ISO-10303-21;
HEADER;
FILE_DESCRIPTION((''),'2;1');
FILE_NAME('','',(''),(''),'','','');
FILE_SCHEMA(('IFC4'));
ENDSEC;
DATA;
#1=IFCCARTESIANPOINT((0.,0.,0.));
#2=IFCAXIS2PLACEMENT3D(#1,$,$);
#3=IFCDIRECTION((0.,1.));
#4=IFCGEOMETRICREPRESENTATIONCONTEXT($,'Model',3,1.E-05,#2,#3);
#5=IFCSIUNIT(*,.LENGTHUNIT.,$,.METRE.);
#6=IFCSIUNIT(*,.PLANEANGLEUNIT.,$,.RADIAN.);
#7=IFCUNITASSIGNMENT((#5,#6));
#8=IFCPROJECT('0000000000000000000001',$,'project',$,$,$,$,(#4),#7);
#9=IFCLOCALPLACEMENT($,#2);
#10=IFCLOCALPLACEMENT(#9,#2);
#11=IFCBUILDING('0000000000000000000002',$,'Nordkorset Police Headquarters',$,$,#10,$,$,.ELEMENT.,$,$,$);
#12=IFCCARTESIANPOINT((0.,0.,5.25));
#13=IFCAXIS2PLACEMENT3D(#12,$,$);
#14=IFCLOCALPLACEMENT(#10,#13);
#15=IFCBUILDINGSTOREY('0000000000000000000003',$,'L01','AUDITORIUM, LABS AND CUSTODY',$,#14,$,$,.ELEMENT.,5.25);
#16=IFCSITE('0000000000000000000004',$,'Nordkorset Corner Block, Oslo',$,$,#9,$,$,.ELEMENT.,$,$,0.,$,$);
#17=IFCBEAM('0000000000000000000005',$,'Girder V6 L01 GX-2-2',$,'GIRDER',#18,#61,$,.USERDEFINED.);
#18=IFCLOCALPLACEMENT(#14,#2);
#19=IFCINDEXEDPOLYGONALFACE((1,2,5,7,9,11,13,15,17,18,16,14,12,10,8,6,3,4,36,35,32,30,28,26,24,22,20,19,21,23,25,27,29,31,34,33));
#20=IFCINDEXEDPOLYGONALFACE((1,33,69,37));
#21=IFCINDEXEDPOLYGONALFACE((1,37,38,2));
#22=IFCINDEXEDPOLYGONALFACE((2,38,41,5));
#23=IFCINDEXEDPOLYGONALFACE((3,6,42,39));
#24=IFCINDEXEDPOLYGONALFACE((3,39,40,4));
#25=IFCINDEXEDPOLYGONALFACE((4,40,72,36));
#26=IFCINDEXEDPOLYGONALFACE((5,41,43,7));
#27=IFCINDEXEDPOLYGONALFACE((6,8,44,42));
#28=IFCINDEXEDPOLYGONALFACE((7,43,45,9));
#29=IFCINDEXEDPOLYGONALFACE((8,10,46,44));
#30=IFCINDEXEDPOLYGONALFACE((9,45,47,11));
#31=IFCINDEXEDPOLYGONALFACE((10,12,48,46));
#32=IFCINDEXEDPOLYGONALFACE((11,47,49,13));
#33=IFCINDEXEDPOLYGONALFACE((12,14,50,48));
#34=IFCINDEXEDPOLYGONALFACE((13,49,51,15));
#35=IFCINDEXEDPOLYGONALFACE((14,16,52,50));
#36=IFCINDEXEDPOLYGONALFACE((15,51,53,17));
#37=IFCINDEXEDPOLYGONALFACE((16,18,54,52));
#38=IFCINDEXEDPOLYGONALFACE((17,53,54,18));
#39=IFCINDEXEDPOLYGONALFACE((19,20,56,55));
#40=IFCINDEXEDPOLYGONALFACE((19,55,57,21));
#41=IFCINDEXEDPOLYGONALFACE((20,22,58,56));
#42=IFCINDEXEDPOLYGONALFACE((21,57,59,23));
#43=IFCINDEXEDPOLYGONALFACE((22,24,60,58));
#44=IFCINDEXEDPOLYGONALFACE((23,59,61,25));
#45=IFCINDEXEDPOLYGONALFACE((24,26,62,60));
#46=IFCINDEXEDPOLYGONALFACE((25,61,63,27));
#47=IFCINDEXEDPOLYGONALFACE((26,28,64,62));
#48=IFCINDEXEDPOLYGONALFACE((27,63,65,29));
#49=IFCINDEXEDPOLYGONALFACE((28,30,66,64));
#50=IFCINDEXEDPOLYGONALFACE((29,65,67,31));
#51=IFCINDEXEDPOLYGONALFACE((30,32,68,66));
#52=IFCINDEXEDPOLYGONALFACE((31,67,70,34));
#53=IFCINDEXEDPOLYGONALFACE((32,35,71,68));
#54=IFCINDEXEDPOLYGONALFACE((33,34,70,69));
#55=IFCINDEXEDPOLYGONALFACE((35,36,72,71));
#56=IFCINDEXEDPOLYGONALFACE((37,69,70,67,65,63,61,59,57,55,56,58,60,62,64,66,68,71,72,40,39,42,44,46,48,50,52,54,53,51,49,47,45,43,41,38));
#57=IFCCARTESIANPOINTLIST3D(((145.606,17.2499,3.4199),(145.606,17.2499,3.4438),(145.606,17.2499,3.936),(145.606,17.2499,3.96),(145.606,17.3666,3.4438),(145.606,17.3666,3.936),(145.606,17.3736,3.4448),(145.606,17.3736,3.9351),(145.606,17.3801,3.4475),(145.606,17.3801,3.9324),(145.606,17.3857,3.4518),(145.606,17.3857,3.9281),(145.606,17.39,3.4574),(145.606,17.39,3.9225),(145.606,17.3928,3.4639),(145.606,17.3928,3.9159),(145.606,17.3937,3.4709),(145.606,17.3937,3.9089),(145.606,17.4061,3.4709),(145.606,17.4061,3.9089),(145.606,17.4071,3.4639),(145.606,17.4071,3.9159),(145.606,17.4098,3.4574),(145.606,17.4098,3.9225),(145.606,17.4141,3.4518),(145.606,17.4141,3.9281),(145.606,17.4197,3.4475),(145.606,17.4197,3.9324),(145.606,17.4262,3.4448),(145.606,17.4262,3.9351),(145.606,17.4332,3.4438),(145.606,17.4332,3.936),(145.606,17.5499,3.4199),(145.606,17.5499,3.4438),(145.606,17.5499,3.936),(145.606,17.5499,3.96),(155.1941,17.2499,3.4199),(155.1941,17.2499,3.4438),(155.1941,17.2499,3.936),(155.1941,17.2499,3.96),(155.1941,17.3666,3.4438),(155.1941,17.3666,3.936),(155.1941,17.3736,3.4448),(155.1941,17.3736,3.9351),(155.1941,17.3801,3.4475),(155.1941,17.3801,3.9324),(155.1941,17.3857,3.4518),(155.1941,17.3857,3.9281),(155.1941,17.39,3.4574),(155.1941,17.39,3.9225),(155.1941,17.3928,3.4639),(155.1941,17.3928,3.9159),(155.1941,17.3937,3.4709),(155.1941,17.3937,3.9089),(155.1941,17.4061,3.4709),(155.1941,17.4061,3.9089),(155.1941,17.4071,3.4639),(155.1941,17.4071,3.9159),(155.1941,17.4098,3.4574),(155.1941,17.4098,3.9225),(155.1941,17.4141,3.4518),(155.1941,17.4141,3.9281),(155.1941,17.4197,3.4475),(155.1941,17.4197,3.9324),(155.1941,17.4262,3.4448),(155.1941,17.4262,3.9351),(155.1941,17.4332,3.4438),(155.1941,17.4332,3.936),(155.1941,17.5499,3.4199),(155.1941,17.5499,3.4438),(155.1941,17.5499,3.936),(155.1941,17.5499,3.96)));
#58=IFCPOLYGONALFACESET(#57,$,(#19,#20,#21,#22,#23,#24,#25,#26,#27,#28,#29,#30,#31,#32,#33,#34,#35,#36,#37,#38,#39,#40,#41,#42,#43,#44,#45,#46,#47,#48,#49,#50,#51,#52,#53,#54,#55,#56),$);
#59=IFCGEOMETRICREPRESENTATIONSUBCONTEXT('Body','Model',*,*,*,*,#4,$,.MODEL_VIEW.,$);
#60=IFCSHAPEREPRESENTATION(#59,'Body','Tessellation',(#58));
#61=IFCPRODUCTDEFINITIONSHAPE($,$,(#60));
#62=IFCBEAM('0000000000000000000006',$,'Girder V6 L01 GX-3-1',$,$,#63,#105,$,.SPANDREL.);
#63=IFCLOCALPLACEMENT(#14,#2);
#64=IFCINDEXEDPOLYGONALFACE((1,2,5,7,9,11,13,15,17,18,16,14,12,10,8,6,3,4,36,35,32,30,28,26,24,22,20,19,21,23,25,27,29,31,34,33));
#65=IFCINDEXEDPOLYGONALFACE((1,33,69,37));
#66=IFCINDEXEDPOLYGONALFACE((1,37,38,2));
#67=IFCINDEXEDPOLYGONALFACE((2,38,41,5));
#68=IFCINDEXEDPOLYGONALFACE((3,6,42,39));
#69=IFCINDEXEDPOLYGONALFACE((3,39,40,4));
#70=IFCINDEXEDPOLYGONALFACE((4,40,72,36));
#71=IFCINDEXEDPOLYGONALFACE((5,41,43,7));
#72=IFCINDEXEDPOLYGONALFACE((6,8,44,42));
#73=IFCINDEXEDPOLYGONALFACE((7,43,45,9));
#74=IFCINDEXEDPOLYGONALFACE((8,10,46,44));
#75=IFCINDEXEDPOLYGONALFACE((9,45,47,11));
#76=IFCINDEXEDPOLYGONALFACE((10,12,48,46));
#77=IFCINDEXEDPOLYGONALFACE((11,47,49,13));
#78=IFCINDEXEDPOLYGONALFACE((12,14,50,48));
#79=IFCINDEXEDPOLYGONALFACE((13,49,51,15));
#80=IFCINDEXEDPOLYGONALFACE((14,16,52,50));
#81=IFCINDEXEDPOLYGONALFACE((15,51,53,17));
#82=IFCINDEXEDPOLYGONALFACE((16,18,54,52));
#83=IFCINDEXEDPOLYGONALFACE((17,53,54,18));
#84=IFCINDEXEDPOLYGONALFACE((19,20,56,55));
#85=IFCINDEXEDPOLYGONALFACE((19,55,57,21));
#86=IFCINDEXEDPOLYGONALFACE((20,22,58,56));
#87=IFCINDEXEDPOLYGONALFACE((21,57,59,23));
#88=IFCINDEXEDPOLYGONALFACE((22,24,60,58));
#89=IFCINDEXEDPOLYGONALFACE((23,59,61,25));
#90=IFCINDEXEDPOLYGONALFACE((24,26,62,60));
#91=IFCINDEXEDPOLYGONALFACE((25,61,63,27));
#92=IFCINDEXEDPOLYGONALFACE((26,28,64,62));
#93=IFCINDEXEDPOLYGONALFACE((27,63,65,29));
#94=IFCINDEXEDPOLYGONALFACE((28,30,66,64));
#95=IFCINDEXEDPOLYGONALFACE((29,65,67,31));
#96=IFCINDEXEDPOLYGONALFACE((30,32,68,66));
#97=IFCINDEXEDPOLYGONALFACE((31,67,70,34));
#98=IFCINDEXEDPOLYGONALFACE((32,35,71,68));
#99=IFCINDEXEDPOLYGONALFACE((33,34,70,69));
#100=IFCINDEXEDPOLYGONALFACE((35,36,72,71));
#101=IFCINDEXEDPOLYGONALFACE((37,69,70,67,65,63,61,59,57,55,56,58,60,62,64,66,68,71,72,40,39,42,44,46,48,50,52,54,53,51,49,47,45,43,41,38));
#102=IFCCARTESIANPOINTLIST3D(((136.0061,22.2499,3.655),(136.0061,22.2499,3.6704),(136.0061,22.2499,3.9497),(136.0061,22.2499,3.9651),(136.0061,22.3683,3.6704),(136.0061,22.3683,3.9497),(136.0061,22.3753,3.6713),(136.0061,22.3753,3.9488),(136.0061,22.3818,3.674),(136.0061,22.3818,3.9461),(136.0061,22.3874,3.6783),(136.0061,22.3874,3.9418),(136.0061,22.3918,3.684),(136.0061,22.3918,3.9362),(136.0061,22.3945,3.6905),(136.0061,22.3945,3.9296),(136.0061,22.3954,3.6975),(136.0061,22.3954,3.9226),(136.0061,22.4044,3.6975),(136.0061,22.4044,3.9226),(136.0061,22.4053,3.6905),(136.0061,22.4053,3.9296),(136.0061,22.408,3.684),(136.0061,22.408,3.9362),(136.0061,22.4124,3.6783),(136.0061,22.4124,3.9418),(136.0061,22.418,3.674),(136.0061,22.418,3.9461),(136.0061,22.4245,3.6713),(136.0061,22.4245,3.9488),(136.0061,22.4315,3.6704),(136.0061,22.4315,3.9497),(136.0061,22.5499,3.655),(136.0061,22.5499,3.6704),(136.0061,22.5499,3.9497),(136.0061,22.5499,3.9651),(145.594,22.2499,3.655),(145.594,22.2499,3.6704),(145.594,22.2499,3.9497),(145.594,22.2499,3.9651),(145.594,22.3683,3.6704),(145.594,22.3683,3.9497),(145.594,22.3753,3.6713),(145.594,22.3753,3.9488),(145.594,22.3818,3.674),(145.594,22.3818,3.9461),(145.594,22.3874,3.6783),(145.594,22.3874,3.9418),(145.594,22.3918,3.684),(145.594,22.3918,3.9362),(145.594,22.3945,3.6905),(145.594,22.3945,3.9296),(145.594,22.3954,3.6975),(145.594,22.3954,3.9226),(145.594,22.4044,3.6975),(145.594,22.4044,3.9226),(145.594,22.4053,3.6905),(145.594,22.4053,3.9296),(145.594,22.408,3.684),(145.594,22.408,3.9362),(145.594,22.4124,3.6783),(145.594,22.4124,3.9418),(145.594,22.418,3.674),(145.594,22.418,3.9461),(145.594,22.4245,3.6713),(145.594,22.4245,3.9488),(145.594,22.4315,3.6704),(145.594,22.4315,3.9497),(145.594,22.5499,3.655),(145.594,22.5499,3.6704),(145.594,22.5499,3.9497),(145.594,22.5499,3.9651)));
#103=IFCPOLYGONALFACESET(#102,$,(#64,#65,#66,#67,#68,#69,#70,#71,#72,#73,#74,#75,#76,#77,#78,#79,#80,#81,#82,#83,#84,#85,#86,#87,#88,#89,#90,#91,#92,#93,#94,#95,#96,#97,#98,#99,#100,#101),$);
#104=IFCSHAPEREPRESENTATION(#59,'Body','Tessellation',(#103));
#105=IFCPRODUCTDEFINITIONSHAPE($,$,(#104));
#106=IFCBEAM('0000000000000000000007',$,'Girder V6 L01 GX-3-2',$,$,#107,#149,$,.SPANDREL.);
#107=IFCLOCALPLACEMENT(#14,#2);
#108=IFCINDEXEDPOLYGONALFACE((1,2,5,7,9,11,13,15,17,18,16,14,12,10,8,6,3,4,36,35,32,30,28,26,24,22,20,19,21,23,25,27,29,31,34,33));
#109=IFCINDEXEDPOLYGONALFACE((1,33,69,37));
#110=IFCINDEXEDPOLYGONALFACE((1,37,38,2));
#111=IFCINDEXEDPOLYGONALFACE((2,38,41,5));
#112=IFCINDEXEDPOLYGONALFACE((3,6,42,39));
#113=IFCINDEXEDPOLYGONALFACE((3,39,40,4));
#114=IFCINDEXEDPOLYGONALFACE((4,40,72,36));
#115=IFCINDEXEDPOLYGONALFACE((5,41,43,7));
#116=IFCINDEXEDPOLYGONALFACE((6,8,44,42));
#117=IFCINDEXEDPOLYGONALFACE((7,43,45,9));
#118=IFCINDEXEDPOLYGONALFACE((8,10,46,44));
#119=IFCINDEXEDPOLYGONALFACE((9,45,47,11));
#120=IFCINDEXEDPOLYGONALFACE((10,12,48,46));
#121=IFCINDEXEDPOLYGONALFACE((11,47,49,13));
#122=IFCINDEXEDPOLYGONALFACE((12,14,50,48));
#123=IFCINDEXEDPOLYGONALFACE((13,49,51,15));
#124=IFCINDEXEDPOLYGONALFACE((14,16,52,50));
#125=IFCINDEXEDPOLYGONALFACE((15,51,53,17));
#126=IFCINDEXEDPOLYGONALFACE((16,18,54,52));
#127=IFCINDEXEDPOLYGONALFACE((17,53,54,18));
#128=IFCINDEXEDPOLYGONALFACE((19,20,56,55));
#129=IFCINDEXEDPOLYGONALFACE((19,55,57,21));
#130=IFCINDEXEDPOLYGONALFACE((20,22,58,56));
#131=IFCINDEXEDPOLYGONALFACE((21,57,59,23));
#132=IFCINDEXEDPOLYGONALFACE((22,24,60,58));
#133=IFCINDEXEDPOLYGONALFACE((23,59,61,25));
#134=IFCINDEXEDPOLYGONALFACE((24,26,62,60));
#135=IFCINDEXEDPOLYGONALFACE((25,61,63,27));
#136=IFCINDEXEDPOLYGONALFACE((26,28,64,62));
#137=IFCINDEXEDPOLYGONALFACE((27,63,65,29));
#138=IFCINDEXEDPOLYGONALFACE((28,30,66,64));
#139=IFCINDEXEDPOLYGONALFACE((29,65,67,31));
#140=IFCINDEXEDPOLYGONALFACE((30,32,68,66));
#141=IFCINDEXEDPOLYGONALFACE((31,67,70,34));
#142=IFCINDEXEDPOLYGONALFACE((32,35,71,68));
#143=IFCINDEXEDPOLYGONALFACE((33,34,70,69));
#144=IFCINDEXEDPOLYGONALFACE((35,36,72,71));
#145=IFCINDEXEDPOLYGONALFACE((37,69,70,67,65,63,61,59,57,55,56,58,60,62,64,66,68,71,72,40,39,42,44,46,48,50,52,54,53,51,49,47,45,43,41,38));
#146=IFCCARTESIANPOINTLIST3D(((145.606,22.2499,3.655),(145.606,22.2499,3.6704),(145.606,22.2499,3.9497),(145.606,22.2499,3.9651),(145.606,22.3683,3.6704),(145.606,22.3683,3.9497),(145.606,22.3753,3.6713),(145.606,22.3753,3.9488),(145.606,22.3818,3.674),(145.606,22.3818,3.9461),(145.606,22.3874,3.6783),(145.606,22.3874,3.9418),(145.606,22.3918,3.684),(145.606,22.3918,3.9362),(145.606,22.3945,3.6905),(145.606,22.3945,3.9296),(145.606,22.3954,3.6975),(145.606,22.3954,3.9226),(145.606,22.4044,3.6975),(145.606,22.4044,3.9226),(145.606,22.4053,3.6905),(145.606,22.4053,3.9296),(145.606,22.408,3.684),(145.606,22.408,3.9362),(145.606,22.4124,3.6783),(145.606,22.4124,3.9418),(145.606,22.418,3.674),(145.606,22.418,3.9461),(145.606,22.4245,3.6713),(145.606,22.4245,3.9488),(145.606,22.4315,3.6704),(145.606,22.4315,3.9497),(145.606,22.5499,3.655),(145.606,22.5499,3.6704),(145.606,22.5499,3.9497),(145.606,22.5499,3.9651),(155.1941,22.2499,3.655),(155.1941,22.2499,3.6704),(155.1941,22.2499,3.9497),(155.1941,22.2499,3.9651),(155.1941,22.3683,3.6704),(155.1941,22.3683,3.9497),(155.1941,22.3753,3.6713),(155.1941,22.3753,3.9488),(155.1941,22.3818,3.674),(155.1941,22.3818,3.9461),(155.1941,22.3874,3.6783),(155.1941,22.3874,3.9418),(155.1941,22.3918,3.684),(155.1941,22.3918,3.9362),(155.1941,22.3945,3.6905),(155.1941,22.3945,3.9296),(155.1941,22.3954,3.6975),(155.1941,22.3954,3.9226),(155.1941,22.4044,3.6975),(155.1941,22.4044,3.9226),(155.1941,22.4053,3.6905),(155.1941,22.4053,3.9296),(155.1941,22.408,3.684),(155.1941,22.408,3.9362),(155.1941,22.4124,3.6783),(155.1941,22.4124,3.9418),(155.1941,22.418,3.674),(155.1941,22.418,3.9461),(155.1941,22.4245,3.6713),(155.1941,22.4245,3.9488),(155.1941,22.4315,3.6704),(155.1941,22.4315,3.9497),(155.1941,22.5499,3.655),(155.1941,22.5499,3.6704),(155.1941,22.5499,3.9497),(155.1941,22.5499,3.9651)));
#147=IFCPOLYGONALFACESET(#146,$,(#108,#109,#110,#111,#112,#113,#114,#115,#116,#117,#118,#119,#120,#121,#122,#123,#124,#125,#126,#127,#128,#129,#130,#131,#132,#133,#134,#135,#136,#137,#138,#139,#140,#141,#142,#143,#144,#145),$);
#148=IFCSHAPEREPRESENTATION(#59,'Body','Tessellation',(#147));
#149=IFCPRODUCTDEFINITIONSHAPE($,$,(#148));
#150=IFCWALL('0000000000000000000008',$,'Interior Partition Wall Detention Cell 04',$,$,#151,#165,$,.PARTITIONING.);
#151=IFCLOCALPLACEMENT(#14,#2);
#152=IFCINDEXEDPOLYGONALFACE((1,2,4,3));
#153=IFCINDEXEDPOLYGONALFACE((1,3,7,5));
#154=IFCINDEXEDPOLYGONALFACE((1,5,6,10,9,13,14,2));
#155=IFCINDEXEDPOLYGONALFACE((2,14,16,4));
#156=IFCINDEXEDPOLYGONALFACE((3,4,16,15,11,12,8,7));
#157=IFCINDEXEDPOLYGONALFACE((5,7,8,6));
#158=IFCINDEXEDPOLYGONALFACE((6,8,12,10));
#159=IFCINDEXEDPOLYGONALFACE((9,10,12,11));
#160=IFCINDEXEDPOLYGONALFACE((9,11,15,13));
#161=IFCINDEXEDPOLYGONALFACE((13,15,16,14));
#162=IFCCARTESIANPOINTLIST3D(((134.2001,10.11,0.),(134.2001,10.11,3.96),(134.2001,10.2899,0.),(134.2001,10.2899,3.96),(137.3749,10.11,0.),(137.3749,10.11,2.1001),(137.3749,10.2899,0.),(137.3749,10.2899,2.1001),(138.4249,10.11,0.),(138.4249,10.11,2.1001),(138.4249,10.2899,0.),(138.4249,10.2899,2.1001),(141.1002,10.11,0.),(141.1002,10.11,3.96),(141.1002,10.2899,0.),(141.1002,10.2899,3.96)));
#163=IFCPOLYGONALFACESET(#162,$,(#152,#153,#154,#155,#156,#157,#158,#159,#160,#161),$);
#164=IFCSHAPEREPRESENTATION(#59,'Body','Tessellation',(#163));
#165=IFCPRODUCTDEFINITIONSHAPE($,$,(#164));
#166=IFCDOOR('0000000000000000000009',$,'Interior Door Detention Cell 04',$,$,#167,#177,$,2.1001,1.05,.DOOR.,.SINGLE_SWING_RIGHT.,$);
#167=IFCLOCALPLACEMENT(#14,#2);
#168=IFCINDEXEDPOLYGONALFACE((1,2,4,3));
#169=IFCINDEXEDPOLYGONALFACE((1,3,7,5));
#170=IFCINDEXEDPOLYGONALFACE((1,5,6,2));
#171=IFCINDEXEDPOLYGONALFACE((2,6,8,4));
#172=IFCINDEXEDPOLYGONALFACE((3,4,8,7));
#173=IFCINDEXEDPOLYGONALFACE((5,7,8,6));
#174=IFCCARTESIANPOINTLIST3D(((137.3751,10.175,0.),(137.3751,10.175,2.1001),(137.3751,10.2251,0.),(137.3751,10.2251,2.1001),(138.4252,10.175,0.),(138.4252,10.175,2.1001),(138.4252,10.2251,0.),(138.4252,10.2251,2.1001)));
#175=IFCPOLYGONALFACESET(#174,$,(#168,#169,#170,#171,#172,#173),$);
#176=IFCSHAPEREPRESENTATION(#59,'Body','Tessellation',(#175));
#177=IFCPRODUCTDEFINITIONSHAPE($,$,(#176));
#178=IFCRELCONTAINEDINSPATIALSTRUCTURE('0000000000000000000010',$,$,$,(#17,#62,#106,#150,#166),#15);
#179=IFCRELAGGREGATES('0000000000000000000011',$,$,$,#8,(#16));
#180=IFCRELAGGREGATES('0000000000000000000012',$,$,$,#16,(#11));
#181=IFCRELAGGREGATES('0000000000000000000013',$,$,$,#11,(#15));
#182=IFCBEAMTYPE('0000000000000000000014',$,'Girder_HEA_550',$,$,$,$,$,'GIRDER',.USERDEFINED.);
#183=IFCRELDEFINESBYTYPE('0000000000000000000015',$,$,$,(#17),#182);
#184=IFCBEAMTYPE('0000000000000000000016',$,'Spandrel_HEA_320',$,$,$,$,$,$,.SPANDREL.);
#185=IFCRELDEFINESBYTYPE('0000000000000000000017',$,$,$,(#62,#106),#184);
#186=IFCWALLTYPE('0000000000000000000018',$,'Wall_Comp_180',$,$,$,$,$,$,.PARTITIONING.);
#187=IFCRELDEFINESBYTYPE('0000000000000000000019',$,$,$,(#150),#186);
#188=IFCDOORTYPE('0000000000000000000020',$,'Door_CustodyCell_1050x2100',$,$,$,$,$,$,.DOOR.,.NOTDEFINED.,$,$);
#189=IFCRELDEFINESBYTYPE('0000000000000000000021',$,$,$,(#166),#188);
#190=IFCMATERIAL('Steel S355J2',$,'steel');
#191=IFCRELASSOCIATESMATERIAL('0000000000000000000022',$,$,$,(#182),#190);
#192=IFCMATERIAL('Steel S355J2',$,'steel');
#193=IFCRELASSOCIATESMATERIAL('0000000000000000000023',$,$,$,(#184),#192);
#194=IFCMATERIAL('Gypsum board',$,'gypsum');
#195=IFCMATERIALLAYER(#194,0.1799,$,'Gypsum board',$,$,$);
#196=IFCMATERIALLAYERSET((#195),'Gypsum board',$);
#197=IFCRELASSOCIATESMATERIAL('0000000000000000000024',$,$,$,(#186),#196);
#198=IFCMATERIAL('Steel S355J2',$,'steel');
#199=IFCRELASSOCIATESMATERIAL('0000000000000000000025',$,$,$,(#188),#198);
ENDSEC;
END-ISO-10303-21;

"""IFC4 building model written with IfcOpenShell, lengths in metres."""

from ifc_helpers import new_model, si_unit, direction, frame, frame_2d, origin, origin_2d, place, context, subcontext, project, spatial, rectangle, i_section, extrude, material, layer, layer_set, material_profile, profile_set, type_object, element, fill, save


model = new_model("IFC4")

# Units and contexts
model_context = context("Model", 3, precision=1e-05, world=origin(), true_north=direction((0.0, 1.0)))
body_context = subcontext(model_context, "Body", "Model", "MODEL_VIEW")
ifc_project = project(units=[si_unit("LENGTHUNIT", "METRE"), si_unit("PLANEANGLEUNIT", "RADIAN")], contexts=[model_context])

# Site, building, storey
site_placement = place(None, origin())
site = spatial("IfcSite", under=ifc_project, at=site_placement, Name="Nordkorset Corner Block, Oslo", CompositionType="ELEMENT", RefElevation=0.0)
building_placement = place(site_placement, origin())
building = spatial("IfcBuilding", under=site, at=building_placement, Name="Nordkorset Police Headquarters", CompositionType="ELEMENT")
storey_placement = place(building_placement, frame((0.0, 0.0, 5.25)))
storey = spatial("IfcBuildingStorey", under=building, at=storey_placement, Name="L01", Description="AUDITORIUM, LABS AND CUSTODY", CompositionType="ELEMENT", Elevation=5.25)

# Beams
ifc_material_1 = material(Name="Steel S355J2", Category="steel")
ifc_material_profile_1 = material_profile(ifc_material_1, i_section(OverallWidth=0.3, OverallDepth=0.54, WebThickness=0.0125, FlangeThickness=0.0239, FilletRadius=0.0271, at=origin_2d()), Name="HEA 550")
ifc_profile_set_1 = profile_set([ifc_material_profile_1], Name="Steel S355J2")
beam_type_1 = type_object("IfcBeamType", Name="Girder_HEA_550", ElementType="GIRDER", PredefinedType="USERDEFINED", material=ifc_profile_set_1)
beam_1_placement = place(storey_placement, frame((145.606, 17.3999, 3.6899), z_axis=(1.0, 0.0, 0.0), x_axis=(0.0, 1.0, 0.0)))
element("IfcBeam", 1, at=beam_1_placement, inside=storey, type_object=beam_type_1, Name="Girder V6 L01 GX-2-2", ObjectType="GIRDER", PredefinedType="USERDEFINED", context=body_context, shape_type="SweptSolid", body=[
    extrude(i_section(OverallWidth=0.3, OverallDepth=0.54, WebThickness=0.0125, FlangeThickness=0.0239, FilletRadius=0.0271, at=origin_2d()), origin(), (0.0, 0.0, 1.0), 9.5881),
])
ifc_material_2 = material(Name="Steel S355J2", Category="steel")
ifc_material_profile_2 = material_profile(ifc_material_2, i_section(OverallWidth=0.3, OverallDepth=0.3101, WebThickness=0.009, FlangeThickness=0.0154, FilletRadius=0.0271, at=origin_2d()), Name="HEA 320")
ifc_profile_set_2 = profile_set([ifc_material_profile_2], Name="Steel S355J2")
beam_type_2 = type_object("IfcBeamType", Name="Spandrel_HEA_320", PredefinedType="SPANDREL", material=ifc_profile_set_2)
beam_2_placement = place(storey_placement, frame((136.0061, 22.3999, 3.8101), z_axis=(1.0, 0.0, 0.0), x_axis=(0.0, 1.0, 0.0)))
element("IfcBeam", 2, at=beam_2_placement, inside=storey, type_object=beam_type_2, Name="Girder V6 L01 GX-3-1", PredefinedType="SPANDREL", context=body_context, shape_type="SweptSolid", body=[
    extrude(i_section(OverallWidth=0.3, OverallDepth=0.3101, WebThickness=0.009, FlangeThickness=0.0154, FilletRadius=0.0271, at=origin_2d()), origin(), (0.0, 0.0, 1.0), 9.5879),
])
beam_3_placement = place(storey_placement, frame((145.606, 22.3999, 3.8101), z_axis=(1.0, 0.0, 0.0), x_axis=(0.0, 1.0, 0.0)))
element("IfcBeam", 3, at=beam_3_placement, inside=storey, type_object=beam_type_2, Name="Girder V6 L01 GX-3-2", PredefinedType="SPANDREL", context=body_context, shape_type="SweptSolid", body=[
    extrude(i_section(OverallWidth=0.3, OverallDepth=0.3101, WebThickness=0.009, FlangeThickness=0.0154, FilletRadius=0.0271, at=origin_2d()), origin(), (0.0, 0.0, 1.0), 9.5881),
])

# Wall, opening, door
ifc_material_3 = material(Name="Gypsum board", Category="gypsum")
ifc_layer_1 = layer(ifc_material_3, 0.1799, Name="Gypsum board")
ifc_layer_set_1 = layer_set([ifc_layer_1], Name="Gypsum board")
wall_type_1 = type_object("IfcWallType", Name="Wall_Comp_180", PredefinedType="PARTITIONING", material=ifc_layer_set_1)
wall_1_placement = place(storey_placement, frame((134.2, 10.2, 0.0), z_axis=(0.0, 0.0, 1.0), x_axis=(1.0, 0.0, 0.0)))
wall_1 = element("IfcWall", 4, at=wall_1_placement, inside=storey, type_object=wall_type_1, Name="Interior Partition Wall Detention Cell 04", PredefinedType="PARTITIONING", context=body_context, shape_type="SweptSolid", body=[
    extrude(rectangle(XDim=6.9001, YDim=0.1799, at=frame_2d((3.4502, 0.0))), origin(), (0.0, 0.0, 1.0), 3.96),
])
opening_1_placement = place(wall_1_placement, frame((3.175, 0.0, 0.0)))
opening_1 = element("IfcOpeningElement", 5, at=opening_1_placement, cuts=wall_1, PredefinedType="OPENING", context=body_context, shape_type="SweptSolid", body=[
    extrude(rectangle(XDim=1.05, YDim=2.1001, at=frame_2d((0.5249, 1.05))), frame((0.0, 0.1001, 0.0), z_axis=(0.0, -1.0, 0.0), x_axis=(1.0, 0.0, 0.0)), (0.0, 0.0, 1.0), 0.2),
])
ifc_material_4 = material(Name="Steel S355J2", Category="steel")
door_type = type_object("IfcDoorType", Name="Door_CustodyCell_1050x2100", OperationType="NOTDEFINED", PredefinedType="DOOR", material=ifc_material_4)
door_1_placement = place(opening_1_placement, frame((1.05, 0.0, 0.0), z_axis=(0.0, 0.0, 1.0), x_axis=(-1.0, 0.0, 0.0)))
door_1 = element("IfcDoor", 6, at=door_1_placement, inside=storey, type_object=door_type, Name="Interior Door Detention Cell 04", OperationType="SINGLE_SWING_RIGHT", OverallHeight=2.1001, OverallWidth=1.05, PredefinedType="DOOR", context=body_context, shape_type="SweptSolid", body=[
    extrude(rectangle(XDim=1.05, YDim=2.1001, at=frame_2d((0.5249, 1.05))), frame((0.0, 0.0249, 0.0), z_axis=(0.0, -1.0, 0.0), x_axis=(1.0, 0.0, 0.0)), (0.0, 0.0, 1.0), 0.05),
])
fill(opening_1, door_1)

save(model, "model.ifc")
